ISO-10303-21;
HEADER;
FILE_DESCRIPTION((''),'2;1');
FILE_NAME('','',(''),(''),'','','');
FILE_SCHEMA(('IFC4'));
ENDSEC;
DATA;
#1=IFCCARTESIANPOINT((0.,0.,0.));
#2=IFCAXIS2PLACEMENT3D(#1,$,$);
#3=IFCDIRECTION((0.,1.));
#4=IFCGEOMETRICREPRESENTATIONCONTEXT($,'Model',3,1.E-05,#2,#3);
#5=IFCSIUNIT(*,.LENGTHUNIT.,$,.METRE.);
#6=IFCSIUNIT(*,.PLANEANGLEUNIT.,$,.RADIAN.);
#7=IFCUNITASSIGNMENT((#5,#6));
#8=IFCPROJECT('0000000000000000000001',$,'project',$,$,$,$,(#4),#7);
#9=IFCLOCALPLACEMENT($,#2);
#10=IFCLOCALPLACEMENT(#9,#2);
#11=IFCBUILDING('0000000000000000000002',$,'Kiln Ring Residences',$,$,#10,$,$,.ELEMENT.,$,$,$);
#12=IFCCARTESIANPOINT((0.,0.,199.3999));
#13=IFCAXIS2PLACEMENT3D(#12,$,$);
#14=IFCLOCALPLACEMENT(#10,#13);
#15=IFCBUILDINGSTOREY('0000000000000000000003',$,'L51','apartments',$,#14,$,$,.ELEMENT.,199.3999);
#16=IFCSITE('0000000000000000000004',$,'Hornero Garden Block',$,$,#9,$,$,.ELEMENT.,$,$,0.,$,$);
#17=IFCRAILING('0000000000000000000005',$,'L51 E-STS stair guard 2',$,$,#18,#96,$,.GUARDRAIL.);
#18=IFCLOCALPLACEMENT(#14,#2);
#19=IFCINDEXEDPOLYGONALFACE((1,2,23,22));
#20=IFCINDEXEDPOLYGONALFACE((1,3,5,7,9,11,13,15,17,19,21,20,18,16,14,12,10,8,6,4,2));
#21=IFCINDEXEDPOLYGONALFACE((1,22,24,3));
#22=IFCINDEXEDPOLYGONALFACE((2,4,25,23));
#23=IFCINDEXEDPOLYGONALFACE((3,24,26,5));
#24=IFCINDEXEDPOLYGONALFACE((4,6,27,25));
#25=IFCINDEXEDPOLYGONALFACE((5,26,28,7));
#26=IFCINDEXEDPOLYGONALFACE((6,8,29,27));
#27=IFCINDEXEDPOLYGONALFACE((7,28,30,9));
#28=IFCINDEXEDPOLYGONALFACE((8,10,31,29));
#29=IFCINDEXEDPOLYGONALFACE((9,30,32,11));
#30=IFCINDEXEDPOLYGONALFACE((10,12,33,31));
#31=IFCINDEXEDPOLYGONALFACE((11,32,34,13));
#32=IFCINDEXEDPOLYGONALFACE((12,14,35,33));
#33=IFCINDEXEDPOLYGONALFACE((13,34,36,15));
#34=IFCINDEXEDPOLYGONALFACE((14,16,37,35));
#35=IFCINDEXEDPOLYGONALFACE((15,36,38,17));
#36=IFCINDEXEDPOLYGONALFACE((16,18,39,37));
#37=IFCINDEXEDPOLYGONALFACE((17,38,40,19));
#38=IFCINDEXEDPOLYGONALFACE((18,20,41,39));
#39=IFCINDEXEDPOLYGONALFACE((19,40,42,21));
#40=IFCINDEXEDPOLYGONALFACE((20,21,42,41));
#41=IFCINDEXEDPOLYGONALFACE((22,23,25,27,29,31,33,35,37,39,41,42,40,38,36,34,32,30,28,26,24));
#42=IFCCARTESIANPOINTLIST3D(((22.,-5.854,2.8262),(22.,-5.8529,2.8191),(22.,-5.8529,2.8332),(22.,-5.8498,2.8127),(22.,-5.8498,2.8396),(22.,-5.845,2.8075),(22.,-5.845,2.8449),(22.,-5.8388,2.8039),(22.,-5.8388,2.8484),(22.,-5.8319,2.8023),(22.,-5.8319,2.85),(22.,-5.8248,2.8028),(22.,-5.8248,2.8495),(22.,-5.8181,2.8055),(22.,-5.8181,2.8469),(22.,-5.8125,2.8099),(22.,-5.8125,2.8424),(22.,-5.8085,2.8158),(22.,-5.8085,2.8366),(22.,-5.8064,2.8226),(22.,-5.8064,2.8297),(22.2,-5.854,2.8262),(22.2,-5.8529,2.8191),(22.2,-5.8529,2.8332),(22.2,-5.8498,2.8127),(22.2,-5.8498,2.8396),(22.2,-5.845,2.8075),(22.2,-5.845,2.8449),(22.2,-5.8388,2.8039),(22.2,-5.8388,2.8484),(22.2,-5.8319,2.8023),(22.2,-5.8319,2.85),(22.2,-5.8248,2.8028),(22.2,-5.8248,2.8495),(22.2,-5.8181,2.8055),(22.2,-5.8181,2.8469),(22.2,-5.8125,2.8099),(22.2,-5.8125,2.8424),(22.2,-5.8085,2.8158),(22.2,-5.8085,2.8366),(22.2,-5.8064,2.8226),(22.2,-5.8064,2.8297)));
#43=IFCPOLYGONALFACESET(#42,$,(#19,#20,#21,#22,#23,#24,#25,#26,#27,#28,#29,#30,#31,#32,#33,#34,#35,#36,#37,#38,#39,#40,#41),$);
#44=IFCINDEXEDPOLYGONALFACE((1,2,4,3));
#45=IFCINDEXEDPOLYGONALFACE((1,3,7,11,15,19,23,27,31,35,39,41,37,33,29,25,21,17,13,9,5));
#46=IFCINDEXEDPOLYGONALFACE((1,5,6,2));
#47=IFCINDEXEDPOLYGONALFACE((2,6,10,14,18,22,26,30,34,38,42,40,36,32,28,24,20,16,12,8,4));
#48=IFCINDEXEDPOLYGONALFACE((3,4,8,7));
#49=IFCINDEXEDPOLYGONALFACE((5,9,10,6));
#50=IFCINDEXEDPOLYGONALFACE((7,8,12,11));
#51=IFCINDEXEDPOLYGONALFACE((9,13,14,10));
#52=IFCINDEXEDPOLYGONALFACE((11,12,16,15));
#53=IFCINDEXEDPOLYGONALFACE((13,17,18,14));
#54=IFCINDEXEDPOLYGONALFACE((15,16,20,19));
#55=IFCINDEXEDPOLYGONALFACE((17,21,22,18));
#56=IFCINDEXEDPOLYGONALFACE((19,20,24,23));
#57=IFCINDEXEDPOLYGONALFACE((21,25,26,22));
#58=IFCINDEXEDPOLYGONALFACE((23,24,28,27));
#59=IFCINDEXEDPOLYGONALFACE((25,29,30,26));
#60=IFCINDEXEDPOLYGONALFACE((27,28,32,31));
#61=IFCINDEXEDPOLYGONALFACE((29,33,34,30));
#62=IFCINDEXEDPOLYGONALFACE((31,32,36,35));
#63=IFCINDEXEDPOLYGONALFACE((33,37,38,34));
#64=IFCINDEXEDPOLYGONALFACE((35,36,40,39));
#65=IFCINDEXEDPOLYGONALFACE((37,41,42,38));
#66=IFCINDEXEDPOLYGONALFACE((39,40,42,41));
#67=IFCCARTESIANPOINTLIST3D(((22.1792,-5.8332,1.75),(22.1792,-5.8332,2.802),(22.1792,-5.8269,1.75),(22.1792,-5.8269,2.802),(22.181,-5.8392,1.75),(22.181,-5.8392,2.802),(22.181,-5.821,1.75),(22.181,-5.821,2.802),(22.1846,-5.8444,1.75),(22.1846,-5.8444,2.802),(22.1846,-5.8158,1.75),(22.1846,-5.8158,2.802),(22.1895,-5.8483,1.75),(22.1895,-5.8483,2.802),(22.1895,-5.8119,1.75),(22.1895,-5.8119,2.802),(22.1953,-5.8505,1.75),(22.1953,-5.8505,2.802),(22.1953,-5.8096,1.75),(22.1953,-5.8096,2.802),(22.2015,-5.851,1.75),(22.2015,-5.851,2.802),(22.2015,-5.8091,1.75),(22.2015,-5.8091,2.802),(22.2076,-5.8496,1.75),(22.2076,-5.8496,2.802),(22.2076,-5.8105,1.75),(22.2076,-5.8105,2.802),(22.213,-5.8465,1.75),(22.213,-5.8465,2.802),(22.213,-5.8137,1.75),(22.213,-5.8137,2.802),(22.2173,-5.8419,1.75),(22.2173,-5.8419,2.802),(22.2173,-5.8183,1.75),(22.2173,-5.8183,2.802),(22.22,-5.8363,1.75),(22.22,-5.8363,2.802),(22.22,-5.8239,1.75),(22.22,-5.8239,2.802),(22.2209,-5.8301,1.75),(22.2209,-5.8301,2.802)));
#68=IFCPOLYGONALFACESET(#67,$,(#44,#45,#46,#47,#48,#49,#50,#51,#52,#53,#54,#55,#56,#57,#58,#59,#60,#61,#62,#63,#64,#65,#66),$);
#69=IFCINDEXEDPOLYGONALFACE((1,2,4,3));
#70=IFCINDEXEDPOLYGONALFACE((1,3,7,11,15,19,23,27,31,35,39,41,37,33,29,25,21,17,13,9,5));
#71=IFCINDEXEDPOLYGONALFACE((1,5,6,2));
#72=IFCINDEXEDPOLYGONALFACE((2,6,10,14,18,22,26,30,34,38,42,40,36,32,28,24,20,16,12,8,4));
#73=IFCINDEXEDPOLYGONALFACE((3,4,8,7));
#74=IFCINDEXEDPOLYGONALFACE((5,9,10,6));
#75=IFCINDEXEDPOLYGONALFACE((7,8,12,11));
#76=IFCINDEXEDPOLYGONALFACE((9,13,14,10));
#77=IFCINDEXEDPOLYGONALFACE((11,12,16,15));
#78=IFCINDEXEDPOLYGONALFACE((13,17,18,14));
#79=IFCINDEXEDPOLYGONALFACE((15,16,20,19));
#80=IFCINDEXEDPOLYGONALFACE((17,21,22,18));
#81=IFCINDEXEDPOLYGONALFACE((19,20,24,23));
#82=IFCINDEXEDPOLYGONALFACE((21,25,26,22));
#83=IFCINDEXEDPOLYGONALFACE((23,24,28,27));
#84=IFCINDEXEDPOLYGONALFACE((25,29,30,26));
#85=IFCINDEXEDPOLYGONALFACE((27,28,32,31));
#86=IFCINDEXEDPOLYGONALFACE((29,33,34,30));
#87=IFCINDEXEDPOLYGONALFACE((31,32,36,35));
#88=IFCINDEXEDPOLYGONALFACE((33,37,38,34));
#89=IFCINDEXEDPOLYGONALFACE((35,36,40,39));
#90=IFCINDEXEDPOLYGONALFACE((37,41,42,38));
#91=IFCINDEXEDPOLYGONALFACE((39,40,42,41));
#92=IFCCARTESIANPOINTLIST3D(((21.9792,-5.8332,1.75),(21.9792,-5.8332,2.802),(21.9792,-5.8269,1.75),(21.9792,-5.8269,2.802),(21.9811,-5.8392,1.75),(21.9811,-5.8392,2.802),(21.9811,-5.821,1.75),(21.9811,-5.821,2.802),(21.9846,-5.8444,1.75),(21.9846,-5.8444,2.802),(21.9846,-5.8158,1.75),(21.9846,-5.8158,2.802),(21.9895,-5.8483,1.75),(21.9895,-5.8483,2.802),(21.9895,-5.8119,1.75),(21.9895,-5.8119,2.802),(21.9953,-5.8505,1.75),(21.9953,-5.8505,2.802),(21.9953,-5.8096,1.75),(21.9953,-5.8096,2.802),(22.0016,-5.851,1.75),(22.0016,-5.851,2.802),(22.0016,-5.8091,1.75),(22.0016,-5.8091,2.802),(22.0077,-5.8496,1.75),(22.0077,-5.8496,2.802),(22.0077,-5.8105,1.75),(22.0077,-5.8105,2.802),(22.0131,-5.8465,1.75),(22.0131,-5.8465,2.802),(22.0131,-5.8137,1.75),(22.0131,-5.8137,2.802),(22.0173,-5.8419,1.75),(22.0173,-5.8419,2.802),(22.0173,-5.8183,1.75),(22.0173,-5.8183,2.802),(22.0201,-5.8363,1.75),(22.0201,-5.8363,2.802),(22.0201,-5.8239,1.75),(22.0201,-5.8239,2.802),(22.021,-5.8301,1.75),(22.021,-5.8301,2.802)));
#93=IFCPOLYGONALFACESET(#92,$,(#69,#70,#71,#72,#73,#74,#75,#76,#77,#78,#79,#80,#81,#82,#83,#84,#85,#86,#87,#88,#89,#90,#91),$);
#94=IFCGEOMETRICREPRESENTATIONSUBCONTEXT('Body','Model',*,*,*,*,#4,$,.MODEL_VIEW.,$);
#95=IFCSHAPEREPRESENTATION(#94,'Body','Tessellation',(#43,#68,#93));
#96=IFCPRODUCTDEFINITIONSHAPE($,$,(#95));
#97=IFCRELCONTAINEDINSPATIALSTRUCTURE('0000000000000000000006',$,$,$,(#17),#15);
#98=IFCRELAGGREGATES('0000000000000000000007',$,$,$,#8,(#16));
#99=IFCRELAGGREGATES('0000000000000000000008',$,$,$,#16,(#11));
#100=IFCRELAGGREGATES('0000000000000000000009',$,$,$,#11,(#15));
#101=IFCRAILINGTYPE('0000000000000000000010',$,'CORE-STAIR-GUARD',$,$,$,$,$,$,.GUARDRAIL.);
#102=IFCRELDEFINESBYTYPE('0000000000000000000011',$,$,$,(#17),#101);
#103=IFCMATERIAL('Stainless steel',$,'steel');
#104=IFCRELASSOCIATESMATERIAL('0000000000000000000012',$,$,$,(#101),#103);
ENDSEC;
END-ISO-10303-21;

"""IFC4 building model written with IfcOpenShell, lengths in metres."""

from ifc_helpers import new_model, si_unit, direction, frame, origin, origin_2d, place, context, subcontext, project, spatial, circle, extrude, material, type_object, element, save


model = new_model("IFC4")

# Units and contexts
model_context = context("Model", 3, precision=1e-05, world=origin(), true_north=direction((0.0, 1.0)))
body_context = subcontext(model_context, "Body", "Model", "MODEL_VIEW")
ifc_project = project(units=[si_unit("LENGTHUNIT", "METRE"), si_unit("PLANEANGLEUNIT", "RADIAN")], contexts=[model_context])

# Site, building, storey
site_placement = place(None, origin())
site = spatial("IfcSite", under=ifc_project, at=site_placement, Name="Hornero Garden Block", CompositionType="ELEMENT", RefElevation=0.0)
building_placement = place(site_placement, origin())
building = spatial("IfcBuilding", under=site, at=building_placement, Name="Kiln Ring Residences", CompositionType="ELEMENT")
storey_placement = place(building_placement, frame((0.0, 0.0, 199.3999)))
storey = spatial("IfcBuildingStorey", under=building, at=storey_placement, Name="L51", Description="apartments", CompositionType="ELEMENT", Elevation=199.3999)

# Railing
ifc_material_1 = material(Name="Stainless steel", Category="steel")
railing_type_1 = type_object("IfcRailingType", Name="CORE-STAIR-GUARD", PredefinedType="GUARDRAIL", material=ifc_material_1)
railing_1_placement = place(storey_placement, frame((22.2, -5.8301, 1.75)))
element("IfcRailing", 1, at=railing_1_placement, inside=storey, type_object=railing_type_1, Name="L51 E-STS stair guard 2", PredefinedType="GUARDRAIL", context=body_context, shape_type="SweptSolid", body=[
    extrude(circle(Radius=0.0239, at=origin_2d()), frame((0.0, 0.0, 1.0762), z_axis=(-1.0, 0.0, 0.0), x_axis=(0.0, -1.0, 0.0)), (0.0, 0.0, 1.0), 0.2),
    extrude(circle(Radius=0.021, at=origin_2d()), origin(), (0.0, 0.0, 1.0), 1.052),
    extrude(circle(Radius=0.021, at=origin_2d()), frame((-0.2, 0.0, 0.0)), (0.0, 0.0, 1.0), 1.052),
])

save(model, "model.ifc")
